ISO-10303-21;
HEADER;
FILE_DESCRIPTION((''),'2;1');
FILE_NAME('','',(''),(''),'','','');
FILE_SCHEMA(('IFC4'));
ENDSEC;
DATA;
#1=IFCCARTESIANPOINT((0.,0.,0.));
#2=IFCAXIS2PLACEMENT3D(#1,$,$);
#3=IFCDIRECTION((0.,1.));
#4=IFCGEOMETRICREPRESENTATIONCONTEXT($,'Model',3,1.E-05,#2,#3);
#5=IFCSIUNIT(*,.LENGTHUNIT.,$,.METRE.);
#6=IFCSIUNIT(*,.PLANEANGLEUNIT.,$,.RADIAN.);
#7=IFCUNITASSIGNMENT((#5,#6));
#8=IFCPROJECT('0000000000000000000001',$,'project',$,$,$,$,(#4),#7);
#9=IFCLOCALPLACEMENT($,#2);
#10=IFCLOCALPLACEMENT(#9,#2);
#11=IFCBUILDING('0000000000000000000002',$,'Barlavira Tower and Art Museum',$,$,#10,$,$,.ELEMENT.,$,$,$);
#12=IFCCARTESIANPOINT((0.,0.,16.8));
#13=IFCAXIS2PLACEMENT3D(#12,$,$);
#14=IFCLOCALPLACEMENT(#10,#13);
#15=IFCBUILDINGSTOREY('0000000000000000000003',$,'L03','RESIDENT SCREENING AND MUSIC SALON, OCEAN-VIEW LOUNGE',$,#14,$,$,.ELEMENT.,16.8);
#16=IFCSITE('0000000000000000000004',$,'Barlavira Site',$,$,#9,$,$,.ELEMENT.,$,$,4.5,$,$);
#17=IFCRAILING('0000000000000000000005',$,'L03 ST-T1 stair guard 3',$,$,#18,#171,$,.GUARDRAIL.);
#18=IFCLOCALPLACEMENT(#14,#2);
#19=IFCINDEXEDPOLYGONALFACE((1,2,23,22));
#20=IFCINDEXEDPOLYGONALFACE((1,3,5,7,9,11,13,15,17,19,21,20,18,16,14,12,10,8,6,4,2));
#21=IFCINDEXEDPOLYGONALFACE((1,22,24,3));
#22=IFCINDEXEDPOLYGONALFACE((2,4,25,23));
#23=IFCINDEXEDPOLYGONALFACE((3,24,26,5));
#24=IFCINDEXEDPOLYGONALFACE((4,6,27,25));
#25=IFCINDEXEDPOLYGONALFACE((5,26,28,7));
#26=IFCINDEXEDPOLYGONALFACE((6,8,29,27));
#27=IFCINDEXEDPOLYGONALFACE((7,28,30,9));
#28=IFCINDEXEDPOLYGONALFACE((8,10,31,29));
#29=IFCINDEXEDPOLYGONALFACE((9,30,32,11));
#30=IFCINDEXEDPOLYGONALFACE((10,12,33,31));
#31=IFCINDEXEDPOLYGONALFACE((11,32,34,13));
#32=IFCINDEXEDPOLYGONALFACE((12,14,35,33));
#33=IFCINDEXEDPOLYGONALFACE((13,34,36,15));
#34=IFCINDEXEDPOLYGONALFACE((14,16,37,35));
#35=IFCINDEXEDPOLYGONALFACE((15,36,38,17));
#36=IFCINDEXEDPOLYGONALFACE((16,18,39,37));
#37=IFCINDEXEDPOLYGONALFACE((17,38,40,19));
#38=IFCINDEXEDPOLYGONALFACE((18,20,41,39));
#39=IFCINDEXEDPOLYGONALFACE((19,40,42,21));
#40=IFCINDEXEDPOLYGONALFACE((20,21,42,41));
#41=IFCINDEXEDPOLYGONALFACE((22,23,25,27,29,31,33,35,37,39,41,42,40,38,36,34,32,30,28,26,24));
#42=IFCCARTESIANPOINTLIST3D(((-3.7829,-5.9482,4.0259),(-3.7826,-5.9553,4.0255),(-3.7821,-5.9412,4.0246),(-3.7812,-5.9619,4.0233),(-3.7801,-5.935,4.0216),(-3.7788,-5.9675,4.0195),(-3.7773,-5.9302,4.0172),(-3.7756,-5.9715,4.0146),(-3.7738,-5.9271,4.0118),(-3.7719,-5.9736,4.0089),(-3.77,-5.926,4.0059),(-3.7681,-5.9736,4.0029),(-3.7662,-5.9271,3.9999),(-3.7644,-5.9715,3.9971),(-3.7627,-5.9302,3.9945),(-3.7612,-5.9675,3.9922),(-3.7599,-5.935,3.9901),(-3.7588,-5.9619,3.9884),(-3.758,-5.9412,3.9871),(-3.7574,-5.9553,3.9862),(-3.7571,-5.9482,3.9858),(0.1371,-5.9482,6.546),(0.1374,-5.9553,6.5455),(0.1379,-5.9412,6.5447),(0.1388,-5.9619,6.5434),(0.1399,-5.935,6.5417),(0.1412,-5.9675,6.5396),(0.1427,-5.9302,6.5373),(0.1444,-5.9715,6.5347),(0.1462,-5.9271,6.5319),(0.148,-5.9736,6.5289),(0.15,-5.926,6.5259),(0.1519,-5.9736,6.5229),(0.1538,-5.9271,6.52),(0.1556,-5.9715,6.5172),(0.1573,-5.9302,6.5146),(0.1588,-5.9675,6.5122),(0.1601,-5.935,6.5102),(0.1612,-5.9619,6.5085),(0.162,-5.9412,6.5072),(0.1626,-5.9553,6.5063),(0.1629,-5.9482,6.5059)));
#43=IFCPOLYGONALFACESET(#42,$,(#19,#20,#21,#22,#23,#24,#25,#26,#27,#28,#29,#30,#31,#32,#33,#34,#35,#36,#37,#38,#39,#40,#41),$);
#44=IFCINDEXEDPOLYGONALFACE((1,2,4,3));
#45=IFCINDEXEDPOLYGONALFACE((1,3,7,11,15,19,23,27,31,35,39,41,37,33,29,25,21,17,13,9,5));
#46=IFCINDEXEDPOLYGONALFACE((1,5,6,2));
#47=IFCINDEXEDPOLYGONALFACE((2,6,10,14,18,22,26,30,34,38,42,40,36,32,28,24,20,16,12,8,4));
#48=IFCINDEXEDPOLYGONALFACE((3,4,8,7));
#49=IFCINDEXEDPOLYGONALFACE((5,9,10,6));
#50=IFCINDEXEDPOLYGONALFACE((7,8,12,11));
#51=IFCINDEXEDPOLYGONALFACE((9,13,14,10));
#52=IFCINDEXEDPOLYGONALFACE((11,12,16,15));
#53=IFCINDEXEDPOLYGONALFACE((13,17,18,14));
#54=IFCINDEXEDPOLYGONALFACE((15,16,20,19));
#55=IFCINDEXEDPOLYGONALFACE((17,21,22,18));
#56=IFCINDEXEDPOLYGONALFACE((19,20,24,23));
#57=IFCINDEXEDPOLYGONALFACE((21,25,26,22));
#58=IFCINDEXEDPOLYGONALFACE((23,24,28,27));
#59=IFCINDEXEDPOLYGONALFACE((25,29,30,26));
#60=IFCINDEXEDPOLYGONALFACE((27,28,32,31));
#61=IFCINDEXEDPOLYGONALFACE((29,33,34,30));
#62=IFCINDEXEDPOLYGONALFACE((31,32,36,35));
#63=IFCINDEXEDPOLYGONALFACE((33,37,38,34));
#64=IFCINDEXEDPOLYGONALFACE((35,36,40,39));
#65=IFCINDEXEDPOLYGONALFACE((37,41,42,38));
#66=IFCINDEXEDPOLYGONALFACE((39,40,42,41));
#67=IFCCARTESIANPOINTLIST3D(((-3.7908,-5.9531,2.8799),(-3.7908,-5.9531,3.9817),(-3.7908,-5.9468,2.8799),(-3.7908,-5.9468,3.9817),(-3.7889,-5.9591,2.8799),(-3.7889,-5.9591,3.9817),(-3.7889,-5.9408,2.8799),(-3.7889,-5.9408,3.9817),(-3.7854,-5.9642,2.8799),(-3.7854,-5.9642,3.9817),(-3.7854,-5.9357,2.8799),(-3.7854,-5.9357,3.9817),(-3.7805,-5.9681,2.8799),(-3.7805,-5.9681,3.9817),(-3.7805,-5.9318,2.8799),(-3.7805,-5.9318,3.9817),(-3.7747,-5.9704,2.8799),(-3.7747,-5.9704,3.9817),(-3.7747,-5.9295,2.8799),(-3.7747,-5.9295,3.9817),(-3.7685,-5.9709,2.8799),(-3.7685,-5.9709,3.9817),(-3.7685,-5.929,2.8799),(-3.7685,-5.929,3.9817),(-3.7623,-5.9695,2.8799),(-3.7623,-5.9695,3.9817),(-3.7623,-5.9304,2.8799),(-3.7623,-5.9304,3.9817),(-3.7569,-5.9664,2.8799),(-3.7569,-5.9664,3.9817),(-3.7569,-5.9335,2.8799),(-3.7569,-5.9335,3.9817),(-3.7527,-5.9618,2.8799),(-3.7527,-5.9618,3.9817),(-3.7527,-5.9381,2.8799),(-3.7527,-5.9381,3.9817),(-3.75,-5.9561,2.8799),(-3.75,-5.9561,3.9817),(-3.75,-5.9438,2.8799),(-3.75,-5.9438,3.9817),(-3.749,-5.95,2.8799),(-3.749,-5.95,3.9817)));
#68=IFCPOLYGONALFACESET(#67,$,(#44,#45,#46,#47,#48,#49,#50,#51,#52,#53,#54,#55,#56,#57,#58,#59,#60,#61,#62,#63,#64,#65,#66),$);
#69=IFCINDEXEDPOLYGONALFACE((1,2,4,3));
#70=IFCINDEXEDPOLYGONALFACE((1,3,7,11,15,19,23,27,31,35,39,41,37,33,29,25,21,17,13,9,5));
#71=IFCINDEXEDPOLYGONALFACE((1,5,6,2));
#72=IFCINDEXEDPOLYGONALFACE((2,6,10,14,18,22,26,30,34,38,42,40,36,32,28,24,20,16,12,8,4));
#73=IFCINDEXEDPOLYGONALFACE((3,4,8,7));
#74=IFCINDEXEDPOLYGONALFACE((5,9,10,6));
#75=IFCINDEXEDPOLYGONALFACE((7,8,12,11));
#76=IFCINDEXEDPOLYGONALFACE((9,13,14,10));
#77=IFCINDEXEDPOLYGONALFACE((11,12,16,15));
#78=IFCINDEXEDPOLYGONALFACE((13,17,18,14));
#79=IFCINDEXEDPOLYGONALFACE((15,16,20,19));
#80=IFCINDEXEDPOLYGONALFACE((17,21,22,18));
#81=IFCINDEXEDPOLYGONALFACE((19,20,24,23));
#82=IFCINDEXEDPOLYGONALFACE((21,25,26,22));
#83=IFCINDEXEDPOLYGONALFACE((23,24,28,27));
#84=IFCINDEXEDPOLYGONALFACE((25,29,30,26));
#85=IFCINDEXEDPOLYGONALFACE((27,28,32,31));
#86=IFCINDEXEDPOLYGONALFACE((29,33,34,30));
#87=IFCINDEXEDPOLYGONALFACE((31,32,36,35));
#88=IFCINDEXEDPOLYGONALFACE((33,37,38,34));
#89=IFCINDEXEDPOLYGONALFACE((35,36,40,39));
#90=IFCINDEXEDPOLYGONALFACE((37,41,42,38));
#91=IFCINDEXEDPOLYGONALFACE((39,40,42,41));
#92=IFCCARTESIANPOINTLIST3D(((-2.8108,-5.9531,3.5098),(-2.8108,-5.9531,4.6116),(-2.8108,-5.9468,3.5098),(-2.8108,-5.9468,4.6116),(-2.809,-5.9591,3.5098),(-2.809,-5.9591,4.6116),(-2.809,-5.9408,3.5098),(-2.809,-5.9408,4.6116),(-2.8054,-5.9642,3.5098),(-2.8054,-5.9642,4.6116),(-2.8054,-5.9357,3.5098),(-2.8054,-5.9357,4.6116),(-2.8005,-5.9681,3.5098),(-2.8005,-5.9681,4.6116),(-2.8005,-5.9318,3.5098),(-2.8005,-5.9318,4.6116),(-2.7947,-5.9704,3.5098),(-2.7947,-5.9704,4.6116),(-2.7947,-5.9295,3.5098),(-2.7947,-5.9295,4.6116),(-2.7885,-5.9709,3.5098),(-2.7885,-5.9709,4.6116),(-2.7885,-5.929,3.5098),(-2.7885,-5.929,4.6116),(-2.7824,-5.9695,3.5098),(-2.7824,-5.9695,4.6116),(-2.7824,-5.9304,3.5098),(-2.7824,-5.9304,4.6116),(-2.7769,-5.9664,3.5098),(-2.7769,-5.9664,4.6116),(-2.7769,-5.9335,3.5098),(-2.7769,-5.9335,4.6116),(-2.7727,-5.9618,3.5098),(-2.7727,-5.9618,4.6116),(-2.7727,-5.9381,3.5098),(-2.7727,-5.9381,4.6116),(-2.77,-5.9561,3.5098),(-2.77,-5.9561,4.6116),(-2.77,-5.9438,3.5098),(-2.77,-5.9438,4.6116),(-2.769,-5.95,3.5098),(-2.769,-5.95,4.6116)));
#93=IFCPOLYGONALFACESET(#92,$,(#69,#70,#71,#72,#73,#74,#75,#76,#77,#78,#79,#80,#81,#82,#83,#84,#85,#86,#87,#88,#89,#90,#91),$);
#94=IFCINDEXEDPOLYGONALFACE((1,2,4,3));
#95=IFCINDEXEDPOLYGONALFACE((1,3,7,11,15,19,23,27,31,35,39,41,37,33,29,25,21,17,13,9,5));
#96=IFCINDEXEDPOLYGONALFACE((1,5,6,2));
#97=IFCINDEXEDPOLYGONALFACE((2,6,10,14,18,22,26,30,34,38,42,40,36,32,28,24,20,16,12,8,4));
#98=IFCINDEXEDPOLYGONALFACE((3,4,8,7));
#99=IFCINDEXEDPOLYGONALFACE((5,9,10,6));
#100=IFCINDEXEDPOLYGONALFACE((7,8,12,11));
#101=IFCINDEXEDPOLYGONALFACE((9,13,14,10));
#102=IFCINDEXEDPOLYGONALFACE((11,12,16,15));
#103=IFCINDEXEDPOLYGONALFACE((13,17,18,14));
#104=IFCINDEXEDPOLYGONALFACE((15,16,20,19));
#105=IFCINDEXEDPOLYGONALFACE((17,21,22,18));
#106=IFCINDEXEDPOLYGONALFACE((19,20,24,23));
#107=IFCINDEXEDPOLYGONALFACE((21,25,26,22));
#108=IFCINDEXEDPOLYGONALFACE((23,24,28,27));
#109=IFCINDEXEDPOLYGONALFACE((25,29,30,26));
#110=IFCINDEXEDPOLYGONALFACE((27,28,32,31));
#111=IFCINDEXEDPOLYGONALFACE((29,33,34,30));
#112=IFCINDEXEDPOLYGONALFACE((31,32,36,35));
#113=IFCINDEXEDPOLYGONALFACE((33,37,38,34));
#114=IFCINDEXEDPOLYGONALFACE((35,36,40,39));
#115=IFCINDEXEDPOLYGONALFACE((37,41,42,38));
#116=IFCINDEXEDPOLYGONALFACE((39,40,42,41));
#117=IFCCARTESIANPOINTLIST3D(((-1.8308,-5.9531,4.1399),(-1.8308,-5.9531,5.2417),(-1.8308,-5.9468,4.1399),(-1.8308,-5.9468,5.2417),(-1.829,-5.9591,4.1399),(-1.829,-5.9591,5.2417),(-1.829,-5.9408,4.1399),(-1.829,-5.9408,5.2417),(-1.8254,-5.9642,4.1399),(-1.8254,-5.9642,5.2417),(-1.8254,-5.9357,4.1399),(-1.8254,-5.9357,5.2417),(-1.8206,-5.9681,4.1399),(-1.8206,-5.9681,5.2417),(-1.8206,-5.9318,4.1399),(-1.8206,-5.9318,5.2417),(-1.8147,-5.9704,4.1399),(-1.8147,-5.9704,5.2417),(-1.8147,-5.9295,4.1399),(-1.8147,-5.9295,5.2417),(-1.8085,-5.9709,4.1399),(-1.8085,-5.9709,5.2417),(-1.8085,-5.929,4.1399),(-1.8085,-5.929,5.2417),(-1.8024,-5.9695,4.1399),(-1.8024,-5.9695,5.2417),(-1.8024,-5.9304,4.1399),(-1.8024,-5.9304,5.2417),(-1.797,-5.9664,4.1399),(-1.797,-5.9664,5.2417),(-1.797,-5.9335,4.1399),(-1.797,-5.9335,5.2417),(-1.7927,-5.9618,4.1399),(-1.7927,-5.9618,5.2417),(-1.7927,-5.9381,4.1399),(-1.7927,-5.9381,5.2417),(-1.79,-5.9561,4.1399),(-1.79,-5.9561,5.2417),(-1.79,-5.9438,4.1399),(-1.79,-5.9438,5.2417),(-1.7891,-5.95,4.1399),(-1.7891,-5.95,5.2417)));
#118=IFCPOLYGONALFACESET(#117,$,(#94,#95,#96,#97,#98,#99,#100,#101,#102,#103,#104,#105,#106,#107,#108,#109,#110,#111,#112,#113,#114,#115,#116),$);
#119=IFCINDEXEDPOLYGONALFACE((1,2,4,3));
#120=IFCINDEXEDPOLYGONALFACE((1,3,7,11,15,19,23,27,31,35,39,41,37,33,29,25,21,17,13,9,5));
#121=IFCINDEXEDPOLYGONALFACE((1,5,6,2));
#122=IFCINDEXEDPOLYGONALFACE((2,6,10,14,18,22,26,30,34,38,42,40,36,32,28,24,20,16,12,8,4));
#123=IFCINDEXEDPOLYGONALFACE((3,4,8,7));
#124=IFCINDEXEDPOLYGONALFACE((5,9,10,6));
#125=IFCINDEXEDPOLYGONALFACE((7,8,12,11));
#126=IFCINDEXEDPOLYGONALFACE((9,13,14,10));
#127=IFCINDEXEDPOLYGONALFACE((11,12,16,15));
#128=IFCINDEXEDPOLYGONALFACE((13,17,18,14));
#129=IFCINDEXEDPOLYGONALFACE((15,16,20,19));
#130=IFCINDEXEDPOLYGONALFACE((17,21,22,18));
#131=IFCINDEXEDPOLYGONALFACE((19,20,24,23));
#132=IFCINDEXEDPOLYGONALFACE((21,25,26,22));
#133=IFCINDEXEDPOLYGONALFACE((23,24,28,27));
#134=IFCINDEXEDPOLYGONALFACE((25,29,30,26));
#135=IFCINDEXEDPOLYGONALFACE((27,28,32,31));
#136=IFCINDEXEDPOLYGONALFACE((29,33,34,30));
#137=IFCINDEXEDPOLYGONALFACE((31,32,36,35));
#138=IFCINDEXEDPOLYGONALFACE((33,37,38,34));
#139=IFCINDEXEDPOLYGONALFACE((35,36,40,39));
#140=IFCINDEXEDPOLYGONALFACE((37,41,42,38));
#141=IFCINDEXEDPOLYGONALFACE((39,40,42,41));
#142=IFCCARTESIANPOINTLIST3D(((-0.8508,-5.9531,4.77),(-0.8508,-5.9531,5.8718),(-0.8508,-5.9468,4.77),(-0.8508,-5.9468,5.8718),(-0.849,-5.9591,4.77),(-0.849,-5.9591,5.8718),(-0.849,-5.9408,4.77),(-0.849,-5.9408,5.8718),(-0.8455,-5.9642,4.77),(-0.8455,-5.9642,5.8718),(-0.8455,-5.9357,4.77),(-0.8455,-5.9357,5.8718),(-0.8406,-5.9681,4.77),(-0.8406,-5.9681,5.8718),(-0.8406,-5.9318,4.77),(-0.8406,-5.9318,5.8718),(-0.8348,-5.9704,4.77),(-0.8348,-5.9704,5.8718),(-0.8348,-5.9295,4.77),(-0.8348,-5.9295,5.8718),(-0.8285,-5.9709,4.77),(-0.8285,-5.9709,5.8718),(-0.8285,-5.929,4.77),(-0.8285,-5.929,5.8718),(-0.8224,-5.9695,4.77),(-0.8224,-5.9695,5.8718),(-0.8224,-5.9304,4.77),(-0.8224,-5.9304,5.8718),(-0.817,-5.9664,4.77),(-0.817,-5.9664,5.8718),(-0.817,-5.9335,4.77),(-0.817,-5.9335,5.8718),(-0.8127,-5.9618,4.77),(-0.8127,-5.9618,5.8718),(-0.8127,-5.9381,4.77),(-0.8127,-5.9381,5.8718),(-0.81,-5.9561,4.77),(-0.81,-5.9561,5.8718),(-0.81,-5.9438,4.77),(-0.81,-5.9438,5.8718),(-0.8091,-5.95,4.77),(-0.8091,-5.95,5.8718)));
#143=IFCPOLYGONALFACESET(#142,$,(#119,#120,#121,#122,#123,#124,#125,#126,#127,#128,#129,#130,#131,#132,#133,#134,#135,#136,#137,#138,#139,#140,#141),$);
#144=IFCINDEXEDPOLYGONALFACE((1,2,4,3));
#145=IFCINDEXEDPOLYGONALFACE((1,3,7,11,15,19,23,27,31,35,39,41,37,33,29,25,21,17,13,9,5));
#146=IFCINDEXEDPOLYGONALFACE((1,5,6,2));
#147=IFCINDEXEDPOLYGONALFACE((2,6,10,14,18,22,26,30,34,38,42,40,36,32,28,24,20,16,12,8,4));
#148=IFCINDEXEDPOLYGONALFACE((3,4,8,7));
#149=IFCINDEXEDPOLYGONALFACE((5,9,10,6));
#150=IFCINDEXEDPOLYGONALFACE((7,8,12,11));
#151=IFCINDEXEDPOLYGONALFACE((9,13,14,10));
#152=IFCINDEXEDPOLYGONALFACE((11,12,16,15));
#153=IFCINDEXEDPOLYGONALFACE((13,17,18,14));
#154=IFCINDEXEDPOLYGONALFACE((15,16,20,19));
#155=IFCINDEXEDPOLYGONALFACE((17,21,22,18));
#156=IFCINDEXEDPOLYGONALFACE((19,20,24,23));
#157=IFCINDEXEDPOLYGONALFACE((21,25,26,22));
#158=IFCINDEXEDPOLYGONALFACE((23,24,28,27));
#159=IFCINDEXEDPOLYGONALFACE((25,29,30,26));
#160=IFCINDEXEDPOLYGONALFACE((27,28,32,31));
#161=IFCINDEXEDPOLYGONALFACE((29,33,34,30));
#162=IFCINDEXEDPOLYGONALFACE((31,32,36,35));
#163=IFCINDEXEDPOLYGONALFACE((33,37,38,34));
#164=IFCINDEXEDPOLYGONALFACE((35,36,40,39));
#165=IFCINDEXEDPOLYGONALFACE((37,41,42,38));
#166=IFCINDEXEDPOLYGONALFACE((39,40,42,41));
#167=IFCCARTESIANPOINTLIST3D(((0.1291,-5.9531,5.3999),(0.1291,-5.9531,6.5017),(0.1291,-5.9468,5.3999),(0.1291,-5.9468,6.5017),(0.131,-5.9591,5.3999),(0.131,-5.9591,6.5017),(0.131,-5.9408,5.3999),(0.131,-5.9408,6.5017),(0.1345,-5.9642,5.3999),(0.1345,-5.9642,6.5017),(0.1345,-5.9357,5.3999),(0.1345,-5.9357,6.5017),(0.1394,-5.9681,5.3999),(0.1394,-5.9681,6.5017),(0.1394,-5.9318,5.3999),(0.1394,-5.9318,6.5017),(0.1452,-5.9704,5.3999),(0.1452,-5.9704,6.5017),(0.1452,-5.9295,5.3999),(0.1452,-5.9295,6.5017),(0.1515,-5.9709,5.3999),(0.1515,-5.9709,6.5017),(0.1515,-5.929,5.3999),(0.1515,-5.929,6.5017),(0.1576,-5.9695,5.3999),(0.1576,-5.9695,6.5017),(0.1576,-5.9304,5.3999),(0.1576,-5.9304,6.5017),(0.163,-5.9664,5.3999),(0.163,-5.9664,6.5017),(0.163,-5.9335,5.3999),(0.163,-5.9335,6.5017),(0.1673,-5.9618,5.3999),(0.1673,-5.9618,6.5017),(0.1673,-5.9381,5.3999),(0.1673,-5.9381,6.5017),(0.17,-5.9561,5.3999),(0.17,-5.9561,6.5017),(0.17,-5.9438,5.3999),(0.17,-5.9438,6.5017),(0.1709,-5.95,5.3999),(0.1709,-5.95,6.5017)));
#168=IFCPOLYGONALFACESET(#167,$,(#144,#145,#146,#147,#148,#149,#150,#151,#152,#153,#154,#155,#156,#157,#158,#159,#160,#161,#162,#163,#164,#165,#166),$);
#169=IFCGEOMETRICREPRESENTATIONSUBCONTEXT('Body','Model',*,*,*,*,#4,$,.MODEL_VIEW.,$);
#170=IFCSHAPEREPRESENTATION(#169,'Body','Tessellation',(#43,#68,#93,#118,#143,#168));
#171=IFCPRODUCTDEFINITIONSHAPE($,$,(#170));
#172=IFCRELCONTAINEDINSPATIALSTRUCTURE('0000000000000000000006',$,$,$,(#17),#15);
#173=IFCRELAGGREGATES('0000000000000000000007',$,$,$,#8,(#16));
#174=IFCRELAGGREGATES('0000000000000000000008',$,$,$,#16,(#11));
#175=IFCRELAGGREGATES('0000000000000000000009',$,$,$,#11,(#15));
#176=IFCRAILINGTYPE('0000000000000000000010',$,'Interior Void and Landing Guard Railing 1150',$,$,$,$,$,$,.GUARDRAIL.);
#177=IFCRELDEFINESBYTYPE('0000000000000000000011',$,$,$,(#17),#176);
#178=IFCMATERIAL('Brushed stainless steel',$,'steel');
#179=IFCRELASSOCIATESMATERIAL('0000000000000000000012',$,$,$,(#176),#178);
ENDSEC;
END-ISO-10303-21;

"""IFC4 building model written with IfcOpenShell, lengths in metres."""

from ifc_helpers import new_model, si_unit, direction, frame, origin, origin_2d, place, context, subcontext, project, spatial, circle, extrude, material, type_object, element, save


model = new_model("IFC4")

# Units and contexts
model_context = context("Model", 3, precision=1e-05, world=origin(), true_north=direction((0.0, 1.0)))
body_context = subcontext(model_context, "Body", "Model", "MODEL_VIEW")
ifc_project = project(units=[si_unit("LENGTHUNIT", "METRE"), si_unit("PLANEANGLEUNIT", "RADIAN")], contexts=[model_context])

# Site, building, storey
site_placement = place(None, origin())
site = spatial("IfcSite", under=ifc_project, at=site_placement, Name="Barlavira Site", CompositionType="ELEMENT", RefElevation=4.5)
building_placement = place(site_placement, origin())
building = spatial("IfcBuilding", under=site, at=building_placement, Name="Barlavira Tower and Art Museum", CompositionType="ELEMENT")
storey_placement = place(building_placement, frame((0.0, 0.0, 16.8)))
storey = spatial("IfcBuildingStorey", under=building, at=storey_placement, Name="L03", Description="RESIDENT SCREENING AND MUSIC SALON, OCEAN-VIEW LOUNGE", CompositionType="ELEMENT", Elevation=16.8)

# Shared definitions
ifc_material_1 = material(Name="Brushed stainless steel", Category="steel")

# Railing
railing_type_1 = type_object("IfcRailingType", Name="Interior Void and Landing Guard Railing 1150", PredefinedType="GUARDRAIL", material=ifc_material_1)
railing_1_placement = place(storey_placement, frame((-3.77, -5.95, 2.8799)))
element("IfcRailing", 1, at=railing_1_placement, inside=storey, type_object=railing_type_1, Name="L03 ST-T1 stair guard 3", PredefinedType="GUARDRAIL", context=body_context, shape_type="SweptSolid", body=[
    extrude(circle(Radius=0.0239, at=origin_2d()), frame((0.0, 0.0, 1.126), z_axis=(0.841172, 0.0, 0.540768), x_axis=(0.0, 1.0, 0.0)), (0.0, 0.0, 1.0), 4.6602),
    extrude(circle(Radius=0.021, at=origin_2d()), origin(), (0.0, 0.0, 1.0), 1.1018),
    extrude(circle(Radius=0.021, at=origin_2d()), frame((0.98, 0.0, 0.6299)), (0.0, 0.0, 1.0), 1.1018),
    extrude(circle(Radius=0.021, at=origin_2d()), frame((1.96, 0.0, 1.26)), (0.0, 0.0, 1.0), 1.1018),
    extrude(circle(Radius=0.021, at=origin_2d()), frame((2.9399, 0.0, 1.8901)), (0.0, 0.0, 1.0), 1.1018),
    extrude(circle(Radius=0.021, at=origin_2d()), frame((3.9199, 0.0, 2.52)), (0.0, 0.0, 1.0), 1.1018),
])

save(model, "model.ifc")
